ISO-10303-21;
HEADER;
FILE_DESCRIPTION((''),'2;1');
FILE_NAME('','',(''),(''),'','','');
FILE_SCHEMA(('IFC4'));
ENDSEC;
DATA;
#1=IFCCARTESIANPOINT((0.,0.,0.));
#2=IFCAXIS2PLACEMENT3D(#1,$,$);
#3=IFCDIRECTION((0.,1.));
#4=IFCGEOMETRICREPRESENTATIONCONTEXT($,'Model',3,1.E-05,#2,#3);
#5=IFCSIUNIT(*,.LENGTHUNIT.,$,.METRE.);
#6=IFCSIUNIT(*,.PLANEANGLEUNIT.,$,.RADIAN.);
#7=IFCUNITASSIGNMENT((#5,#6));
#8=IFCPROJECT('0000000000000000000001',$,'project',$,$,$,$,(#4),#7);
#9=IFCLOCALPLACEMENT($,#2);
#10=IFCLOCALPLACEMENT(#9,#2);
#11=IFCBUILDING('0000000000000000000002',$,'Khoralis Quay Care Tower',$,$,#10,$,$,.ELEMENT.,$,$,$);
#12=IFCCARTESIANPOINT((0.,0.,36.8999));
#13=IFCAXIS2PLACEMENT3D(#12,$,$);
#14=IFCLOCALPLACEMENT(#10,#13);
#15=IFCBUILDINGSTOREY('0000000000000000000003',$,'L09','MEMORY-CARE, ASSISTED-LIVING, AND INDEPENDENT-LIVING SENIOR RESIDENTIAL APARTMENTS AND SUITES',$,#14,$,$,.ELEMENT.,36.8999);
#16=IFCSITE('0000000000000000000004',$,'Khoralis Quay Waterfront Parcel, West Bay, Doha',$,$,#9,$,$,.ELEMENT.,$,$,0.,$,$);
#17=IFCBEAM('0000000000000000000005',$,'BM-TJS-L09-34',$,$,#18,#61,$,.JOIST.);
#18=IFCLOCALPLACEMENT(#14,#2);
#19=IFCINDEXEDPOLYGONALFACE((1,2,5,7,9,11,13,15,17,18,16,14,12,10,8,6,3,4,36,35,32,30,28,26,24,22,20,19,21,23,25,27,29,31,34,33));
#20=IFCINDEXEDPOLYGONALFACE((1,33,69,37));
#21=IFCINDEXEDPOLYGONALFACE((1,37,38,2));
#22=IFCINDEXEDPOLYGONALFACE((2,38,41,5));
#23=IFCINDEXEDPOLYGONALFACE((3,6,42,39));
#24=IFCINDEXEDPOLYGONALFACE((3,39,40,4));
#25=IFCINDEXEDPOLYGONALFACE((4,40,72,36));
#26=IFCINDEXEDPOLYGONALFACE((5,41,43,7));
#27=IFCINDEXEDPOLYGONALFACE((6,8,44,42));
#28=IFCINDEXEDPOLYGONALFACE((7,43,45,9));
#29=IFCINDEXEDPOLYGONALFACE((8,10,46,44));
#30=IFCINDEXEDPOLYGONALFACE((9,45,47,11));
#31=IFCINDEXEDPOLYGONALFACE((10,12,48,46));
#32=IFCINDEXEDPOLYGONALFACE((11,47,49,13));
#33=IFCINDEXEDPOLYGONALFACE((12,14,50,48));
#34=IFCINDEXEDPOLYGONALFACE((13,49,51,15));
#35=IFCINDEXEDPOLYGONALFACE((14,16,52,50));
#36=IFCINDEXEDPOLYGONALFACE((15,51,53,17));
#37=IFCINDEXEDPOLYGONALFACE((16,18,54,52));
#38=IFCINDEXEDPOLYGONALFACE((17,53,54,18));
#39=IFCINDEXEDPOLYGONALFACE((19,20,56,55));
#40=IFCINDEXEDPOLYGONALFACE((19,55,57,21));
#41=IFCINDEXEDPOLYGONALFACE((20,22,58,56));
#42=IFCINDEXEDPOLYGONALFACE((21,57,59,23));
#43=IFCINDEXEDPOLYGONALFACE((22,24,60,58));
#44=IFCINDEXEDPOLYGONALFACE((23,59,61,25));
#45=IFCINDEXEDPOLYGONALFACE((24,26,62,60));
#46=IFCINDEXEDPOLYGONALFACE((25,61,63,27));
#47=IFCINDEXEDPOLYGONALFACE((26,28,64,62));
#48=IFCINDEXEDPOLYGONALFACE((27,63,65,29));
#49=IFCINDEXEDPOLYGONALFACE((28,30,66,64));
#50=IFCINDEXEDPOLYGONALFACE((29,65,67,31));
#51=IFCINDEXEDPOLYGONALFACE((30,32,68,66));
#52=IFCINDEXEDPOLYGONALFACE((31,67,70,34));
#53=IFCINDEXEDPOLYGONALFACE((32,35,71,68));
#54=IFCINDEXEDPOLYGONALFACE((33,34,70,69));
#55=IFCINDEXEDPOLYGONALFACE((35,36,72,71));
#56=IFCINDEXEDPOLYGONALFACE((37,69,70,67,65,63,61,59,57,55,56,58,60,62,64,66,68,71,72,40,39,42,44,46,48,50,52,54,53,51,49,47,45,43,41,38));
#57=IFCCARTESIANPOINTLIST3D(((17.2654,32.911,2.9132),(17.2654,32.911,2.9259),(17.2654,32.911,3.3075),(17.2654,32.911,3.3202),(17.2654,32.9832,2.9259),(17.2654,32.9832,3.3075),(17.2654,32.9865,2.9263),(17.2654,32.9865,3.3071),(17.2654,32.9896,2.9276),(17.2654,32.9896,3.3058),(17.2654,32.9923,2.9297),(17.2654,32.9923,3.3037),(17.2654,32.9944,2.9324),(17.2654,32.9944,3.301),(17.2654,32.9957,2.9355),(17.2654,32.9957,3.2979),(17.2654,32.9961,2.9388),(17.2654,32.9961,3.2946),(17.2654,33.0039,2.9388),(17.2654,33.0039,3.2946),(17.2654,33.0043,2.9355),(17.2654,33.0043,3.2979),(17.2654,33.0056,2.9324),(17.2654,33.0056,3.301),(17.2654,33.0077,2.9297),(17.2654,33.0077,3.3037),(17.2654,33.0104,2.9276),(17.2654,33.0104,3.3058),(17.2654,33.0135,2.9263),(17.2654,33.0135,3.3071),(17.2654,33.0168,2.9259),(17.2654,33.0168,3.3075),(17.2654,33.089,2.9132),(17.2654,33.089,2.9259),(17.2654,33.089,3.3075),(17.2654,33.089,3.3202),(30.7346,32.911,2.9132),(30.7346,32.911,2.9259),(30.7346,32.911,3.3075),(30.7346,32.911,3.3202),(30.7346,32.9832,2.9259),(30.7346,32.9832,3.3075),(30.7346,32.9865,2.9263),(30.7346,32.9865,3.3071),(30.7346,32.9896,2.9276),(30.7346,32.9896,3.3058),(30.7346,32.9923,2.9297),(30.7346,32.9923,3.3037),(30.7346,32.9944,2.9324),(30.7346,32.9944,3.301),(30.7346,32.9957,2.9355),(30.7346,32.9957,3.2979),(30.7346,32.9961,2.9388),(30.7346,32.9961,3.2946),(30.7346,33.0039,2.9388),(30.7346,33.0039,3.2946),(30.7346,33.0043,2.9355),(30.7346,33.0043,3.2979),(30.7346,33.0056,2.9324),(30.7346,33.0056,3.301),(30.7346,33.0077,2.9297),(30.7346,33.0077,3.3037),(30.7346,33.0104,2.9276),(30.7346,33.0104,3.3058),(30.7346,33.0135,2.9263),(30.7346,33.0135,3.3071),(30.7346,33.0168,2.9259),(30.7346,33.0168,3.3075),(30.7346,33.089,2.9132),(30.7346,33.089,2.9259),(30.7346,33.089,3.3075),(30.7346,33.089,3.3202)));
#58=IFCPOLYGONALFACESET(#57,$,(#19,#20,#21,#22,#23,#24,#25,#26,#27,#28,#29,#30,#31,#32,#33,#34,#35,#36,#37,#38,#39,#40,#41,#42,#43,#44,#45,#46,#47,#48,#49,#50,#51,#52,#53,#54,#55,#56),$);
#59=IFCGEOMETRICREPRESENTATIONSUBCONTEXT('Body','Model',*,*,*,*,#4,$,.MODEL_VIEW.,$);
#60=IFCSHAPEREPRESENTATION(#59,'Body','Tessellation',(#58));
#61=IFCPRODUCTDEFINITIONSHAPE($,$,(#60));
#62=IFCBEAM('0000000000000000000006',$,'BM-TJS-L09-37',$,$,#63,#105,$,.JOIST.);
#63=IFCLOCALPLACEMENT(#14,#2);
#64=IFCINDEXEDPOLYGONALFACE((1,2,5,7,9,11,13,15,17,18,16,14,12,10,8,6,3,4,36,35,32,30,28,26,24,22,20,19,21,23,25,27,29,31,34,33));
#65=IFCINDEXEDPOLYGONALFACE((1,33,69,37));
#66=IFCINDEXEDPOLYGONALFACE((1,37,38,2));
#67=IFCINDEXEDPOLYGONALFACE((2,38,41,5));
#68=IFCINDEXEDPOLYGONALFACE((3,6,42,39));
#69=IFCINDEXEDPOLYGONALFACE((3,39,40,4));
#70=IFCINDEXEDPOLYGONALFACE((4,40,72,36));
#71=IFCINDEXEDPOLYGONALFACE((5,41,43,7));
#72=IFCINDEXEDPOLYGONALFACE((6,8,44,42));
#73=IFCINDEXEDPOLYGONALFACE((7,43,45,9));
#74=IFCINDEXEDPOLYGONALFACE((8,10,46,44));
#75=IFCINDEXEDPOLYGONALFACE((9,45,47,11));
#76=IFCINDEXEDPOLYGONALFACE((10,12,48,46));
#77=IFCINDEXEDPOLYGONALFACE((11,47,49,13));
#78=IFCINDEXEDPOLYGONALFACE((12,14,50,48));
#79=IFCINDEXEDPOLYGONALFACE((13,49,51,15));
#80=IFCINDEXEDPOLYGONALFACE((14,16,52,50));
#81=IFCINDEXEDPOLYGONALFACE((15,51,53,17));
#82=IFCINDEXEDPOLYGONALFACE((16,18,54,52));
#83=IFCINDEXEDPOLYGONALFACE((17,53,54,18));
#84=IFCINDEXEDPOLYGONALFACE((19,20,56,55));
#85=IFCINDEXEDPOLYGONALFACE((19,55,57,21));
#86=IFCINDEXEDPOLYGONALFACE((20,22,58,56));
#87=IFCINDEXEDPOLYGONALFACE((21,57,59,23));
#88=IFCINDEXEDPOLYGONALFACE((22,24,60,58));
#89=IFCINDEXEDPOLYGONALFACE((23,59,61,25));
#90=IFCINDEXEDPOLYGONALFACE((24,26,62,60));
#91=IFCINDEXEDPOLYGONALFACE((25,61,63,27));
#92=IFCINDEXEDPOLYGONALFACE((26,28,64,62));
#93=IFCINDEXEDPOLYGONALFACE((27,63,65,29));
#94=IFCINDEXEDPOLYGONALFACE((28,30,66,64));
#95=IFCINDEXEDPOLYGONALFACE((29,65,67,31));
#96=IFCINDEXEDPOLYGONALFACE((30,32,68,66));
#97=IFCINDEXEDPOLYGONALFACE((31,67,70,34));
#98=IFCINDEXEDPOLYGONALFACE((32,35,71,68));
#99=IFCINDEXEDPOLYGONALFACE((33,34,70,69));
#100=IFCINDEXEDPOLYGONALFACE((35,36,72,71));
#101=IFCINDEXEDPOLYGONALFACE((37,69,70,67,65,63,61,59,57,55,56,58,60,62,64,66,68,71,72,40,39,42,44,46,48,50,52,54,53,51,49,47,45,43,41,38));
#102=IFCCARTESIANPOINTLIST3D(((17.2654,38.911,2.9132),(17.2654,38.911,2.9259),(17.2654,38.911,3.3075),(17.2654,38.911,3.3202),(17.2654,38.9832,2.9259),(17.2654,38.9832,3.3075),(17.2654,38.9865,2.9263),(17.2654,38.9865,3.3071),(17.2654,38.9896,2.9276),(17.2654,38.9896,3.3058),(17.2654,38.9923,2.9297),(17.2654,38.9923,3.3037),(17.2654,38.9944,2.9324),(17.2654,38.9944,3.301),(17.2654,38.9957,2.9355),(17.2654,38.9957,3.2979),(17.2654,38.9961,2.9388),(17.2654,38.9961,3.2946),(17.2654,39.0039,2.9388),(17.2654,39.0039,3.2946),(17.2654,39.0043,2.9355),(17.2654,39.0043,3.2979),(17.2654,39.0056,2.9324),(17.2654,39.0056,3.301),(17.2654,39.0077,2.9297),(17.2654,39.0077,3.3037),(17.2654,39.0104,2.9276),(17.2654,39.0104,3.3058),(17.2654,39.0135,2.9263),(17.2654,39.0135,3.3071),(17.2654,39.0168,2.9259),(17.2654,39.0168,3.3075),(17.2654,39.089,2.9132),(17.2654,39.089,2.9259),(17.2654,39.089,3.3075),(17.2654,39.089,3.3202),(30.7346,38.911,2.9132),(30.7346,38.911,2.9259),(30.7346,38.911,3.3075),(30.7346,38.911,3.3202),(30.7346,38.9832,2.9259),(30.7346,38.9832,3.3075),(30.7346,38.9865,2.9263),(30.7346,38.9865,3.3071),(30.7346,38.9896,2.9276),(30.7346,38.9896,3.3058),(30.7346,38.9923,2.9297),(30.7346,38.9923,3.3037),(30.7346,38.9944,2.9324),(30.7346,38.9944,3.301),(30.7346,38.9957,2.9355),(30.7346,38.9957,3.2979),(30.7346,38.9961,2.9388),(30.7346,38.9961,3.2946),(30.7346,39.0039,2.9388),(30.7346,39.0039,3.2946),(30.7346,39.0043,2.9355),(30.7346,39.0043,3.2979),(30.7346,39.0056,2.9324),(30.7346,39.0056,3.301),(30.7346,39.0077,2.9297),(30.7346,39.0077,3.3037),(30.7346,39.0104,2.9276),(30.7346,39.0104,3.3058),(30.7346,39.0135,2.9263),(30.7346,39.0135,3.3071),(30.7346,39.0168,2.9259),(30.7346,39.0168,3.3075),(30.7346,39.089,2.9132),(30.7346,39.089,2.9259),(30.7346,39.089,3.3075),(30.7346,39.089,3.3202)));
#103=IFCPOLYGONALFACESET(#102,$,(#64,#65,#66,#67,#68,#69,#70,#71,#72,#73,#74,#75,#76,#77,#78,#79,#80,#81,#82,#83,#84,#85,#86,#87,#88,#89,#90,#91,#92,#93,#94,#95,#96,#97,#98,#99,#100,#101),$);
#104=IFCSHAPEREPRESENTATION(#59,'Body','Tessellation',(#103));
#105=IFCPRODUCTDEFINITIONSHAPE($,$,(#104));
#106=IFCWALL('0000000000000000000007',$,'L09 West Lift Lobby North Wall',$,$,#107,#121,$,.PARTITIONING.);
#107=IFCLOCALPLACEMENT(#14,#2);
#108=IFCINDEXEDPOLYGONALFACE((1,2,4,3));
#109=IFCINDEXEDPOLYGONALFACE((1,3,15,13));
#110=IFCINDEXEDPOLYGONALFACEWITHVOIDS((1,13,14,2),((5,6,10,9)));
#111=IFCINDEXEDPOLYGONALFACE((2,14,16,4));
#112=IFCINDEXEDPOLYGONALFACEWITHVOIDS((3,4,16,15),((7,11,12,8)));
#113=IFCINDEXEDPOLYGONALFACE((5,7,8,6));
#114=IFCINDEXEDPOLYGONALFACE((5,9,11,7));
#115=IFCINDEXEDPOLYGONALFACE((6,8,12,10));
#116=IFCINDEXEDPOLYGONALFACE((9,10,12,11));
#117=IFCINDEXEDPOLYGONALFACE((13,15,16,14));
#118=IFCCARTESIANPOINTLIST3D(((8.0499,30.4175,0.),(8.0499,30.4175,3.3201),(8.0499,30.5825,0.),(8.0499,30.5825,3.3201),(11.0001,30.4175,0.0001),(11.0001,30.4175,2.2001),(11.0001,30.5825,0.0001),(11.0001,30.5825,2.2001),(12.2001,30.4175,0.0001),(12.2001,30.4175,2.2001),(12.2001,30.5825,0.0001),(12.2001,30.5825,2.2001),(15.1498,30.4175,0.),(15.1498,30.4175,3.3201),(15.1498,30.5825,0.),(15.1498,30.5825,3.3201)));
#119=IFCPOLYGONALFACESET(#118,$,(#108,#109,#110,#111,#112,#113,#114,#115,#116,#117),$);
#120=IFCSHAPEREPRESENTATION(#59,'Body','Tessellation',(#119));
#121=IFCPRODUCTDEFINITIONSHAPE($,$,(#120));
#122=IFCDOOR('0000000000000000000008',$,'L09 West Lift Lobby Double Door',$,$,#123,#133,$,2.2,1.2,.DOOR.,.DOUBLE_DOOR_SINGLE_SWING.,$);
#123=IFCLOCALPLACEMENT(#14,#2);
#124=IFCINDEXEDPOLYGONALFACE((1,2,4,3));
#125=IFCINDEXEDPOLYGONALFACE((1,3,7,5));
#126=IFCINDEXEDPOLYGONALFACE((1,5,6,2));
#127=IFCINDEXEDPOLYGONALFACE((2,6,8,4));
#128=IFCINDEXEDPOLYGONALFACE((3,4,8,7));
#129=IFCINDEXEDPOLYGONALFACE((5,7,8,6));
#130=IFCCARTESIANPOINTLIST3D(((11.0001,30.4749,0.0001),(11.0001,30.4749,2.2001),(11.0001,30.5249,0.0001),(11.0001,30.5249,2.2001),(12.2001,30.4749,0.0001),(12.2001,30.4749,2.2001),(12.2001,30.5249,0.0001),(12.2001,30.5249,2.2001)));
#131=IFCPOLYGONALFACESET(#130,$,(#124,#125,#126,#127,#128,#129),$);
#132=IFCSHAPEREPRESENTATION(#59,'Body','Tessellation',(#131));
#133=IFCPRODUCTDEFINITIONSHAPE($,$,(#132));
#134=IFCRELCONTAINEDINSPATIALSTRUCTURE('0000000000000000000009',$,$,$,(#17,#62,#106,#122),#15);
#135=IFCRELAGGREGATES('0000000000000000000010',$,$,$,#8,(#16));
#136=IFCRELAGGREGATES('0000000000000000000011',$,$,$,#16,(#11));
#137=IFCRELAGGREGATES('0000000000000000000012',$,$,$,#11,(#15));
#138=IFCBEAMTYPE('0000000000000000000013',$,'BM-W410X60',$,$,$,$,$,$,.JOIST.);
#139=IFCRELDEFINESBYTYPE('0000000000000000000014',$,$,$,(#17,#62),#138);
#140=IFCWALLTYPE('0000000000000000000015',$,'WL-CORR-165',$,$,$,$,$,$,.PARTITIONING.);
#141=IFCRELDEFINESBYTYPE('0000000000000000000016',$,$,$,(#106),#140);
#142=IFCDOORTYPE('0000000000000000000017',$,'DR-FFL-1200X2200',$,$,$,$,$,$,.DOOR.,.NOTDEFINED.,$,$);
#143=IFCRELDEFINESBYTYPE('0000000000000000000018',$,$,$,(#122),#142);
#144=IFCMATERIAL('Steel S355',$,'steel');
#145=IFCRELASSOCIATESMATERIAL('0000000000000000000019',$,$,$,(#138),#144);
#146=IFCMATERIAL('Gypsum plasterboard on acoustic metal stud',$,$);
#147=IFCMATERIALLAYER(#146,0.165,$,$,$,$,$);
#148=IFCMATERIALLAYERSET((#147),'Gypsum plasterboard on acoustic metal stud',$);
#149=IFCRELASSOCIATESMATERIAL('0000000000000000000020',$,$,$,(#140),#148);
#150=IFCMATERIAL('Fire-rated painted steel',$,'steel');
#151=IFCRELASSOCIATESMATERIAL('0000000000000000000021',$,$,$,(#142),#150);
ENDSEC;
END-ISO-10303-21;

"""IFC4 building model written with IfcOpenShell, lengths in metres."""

from ifc_helpers import new_model, si_unit, direction, frame, frame_2d, origin, origin_2d, place, context, subcontext, project, spatial, rectangle, i_section, extrude, source, transform, mapped, material, layer, layer_set, material_profile, profile_set, type_object, element, fill, save


model = new_model("IFC4")

# Units and contexts
model_context = context("Model", 3, precision=1e-05, world=origin(), true_north=direction((0.0, 1.0)))
body_context = subcontext(model_context, "Body", "Model", "MODEL_VIEW")
ifc_project = project(units=[si_unit("LENGTHUNIT", "METRE"), si_unit("PLANEANGLEUNIT", "RADIAN")], contexts=[model_context])

# Site, building, storey
site_placement = place(None, origin())
site = spatial("IfcSite", under=ifc_project, at=site_placement, Name="Khoralis Quay Waterfront Parcel, West Bay, Doha", CompositionType="ELEMENT", RefElevation=0.0)
building_placement = place(site_placement, origin())
building = spatial("IfcBuilding", under=site, at=building_placement, Name="Khoralis Quay Care Tower", CompositionType="ELEMENT")
storey_placement = place(building_placement, frame((0.0, 0.0, 36.8999)))
storey = spatial("IfcBuildingStorey", under=building, at=storey_placement, Name="L09", Description="MEMORY-CARE, ASSISTED-LIVING, AND INDEPENDENT-LIVING SENIOR RESIDENTIAL APARTMENTS AND SUITES", CompositionType="ELEMENT", Elevation=36.8999)

# Beams
ifc_material_1 = material(Name="Steel S355", Category="steel")
ifc_material_profile_1 = material_profile(ifc_material_1, i_section(OverallWidth=0.178, OverallDepth=0.407, WebThickness=0.0078, FlangeThickness=0.0127, FilletRadius=0.0129, at=origin_2d()), Name="Steel S355")
ifc_profile_set_1 = profile_set([ifc_material_profile_1], Name="Steel S355")
beam_type_1 = type_object("IfcBeamType", Name="BM-W410X60", PredefinedType="JOIST", material=ifc_profile_set_1)
shared_shape_1 = source(origin(), body_context, "Body", "SweptSolid", [
    extrude(i_section(OverallWidth=0.178, OverallDepth=0.407, WebThickness=0.0078, FlangeThickness=0.0127, FilletRadius=0.0129, at=origin_2d()), origin(), (0.0, 0.0, 1.0), 13.4692),
])
for number, where, z_axis, x_axis, name in (
    (1, (17.2654, 33.0, 3.1167), (1.0, 0.0, 0.0), (0.0, 1.0, 0.0), "BM-TJS-L09-34"),
    (2, (17.2654, 39.0, 3.1167), (1.0, 0.0, 0.0), (0.0, 1.0, 0.0), "BM-TJS-L09-37"),
):
    element("IfcBeam", number, at=place(storey_placement, frame(where, z_axis=z_axis, x_axis=x_axis)), inside=storey, type_object=beam_type_1, Name=name, PredefinedType="JOIST", context=body_context, shape_type="MappedRepresentation", body=[
        mapped(shared_shape_1, transform((0.0, 0.0, 0.0), scale=1.0)),
    ])

# Wall, opening, door
ifc_material_2 = material(Name="Gypsum plasterboard on acoustic metal stud")
ifc_layer_1 = layer(ifc_material_2, 0.165)
ifc_layer_set_1 = layer_set([ifc_layer_1], Name="Gypsum plasterboard on acoustic metal stud")
wall_type_1 = type_object("IfcWallType", Name="WL-CORR-165", PredefinedType="PARTITIONING", material=ifc_layer_set_1)
wall_1_placement = place(storey_placement, frame((8.05, 30.5, 0.0), z_axis=(0.0, 0.0, 1.0), x_axis=(1.0, 0.0, 0.0)))
wall_1 = element("IfcWall", 3, at=wall_1_placement, inside=storey, type_object=wall_type_1, Name="L09 West Lift Lobby North Wall", PredefinedType="PARTITIONING", context=body_context, shape_type="SweptSolid", body=[
    extrude(rectangle(XDim=7.0999, YDim=0.165, at=frame_2d((3.5498, 0.0))), origin(), (0.0, 0.0, 1.0), 3.3201),
])
opening_1_placement = place(wall_1_placement, frame((2.95, 0.0, 0.0)))
opening_1 = element("IfcOpeningElement", 4, at=opening_1_placement, cuts=wall_1, PredefinedType="OPENING", context=body_context, shape_type="SweptSolid", body=[
    extrude(rectangle(XDim=1.2, YDim=2.2, at=frame_2d((0.6001, 1.1001))), frame((0.0, 0.0925, 0.0), z_axis=(0.0, -1.0, 0.0), x_axis=(1.0, 0.0, 0.0)), (0.0, 0.0, 1.0), 0.1851),
])
ifc_material_3 = material(Name="Fire-rated painted steel", Category="steel")
door_type_1 = type_object("IfcDoorType", Name="DR-FFL-1200X2200", OperationType="NOTDEFINED", PredefinedType="DOOR", material=ifc_material_3)
shared_shape_2 = source(origin(), body_context, "Body", "SweptSolid", [
    extrude(rectangle(XDim=1.2, YDim=2.2, at=frame_2d((0.6001, 1.1001))), frame((0.0, 0.0249, 0.0), z_axis=(0.0, -1.0, 0.0), x_axis=(1.0, 0.0, 0.0)), (0.0, 0.0, 1.0), 0.05),
])
door_1_placement = place(opening_1_placement, origin())
door_1 = element("IfcDoor", 5, at=door_1_placement, inside=storey, type_object=door_type_1, Name="L09 West Lift Lobby Double Door", OperationType="DOUBLE_DOOR_SINGLE_SWING", OverallHeight=2.2, OverallWidth=1.2, PredefinedType="DOOR", context=body_context, shape_type="MappedRepresentation", body=[
    mapped(shared_shape_2, transform((0.0, 0.0, 0.0), scale=1.0)),
])
fill(opening_1, door_1)

save(model, "model.ifc")
